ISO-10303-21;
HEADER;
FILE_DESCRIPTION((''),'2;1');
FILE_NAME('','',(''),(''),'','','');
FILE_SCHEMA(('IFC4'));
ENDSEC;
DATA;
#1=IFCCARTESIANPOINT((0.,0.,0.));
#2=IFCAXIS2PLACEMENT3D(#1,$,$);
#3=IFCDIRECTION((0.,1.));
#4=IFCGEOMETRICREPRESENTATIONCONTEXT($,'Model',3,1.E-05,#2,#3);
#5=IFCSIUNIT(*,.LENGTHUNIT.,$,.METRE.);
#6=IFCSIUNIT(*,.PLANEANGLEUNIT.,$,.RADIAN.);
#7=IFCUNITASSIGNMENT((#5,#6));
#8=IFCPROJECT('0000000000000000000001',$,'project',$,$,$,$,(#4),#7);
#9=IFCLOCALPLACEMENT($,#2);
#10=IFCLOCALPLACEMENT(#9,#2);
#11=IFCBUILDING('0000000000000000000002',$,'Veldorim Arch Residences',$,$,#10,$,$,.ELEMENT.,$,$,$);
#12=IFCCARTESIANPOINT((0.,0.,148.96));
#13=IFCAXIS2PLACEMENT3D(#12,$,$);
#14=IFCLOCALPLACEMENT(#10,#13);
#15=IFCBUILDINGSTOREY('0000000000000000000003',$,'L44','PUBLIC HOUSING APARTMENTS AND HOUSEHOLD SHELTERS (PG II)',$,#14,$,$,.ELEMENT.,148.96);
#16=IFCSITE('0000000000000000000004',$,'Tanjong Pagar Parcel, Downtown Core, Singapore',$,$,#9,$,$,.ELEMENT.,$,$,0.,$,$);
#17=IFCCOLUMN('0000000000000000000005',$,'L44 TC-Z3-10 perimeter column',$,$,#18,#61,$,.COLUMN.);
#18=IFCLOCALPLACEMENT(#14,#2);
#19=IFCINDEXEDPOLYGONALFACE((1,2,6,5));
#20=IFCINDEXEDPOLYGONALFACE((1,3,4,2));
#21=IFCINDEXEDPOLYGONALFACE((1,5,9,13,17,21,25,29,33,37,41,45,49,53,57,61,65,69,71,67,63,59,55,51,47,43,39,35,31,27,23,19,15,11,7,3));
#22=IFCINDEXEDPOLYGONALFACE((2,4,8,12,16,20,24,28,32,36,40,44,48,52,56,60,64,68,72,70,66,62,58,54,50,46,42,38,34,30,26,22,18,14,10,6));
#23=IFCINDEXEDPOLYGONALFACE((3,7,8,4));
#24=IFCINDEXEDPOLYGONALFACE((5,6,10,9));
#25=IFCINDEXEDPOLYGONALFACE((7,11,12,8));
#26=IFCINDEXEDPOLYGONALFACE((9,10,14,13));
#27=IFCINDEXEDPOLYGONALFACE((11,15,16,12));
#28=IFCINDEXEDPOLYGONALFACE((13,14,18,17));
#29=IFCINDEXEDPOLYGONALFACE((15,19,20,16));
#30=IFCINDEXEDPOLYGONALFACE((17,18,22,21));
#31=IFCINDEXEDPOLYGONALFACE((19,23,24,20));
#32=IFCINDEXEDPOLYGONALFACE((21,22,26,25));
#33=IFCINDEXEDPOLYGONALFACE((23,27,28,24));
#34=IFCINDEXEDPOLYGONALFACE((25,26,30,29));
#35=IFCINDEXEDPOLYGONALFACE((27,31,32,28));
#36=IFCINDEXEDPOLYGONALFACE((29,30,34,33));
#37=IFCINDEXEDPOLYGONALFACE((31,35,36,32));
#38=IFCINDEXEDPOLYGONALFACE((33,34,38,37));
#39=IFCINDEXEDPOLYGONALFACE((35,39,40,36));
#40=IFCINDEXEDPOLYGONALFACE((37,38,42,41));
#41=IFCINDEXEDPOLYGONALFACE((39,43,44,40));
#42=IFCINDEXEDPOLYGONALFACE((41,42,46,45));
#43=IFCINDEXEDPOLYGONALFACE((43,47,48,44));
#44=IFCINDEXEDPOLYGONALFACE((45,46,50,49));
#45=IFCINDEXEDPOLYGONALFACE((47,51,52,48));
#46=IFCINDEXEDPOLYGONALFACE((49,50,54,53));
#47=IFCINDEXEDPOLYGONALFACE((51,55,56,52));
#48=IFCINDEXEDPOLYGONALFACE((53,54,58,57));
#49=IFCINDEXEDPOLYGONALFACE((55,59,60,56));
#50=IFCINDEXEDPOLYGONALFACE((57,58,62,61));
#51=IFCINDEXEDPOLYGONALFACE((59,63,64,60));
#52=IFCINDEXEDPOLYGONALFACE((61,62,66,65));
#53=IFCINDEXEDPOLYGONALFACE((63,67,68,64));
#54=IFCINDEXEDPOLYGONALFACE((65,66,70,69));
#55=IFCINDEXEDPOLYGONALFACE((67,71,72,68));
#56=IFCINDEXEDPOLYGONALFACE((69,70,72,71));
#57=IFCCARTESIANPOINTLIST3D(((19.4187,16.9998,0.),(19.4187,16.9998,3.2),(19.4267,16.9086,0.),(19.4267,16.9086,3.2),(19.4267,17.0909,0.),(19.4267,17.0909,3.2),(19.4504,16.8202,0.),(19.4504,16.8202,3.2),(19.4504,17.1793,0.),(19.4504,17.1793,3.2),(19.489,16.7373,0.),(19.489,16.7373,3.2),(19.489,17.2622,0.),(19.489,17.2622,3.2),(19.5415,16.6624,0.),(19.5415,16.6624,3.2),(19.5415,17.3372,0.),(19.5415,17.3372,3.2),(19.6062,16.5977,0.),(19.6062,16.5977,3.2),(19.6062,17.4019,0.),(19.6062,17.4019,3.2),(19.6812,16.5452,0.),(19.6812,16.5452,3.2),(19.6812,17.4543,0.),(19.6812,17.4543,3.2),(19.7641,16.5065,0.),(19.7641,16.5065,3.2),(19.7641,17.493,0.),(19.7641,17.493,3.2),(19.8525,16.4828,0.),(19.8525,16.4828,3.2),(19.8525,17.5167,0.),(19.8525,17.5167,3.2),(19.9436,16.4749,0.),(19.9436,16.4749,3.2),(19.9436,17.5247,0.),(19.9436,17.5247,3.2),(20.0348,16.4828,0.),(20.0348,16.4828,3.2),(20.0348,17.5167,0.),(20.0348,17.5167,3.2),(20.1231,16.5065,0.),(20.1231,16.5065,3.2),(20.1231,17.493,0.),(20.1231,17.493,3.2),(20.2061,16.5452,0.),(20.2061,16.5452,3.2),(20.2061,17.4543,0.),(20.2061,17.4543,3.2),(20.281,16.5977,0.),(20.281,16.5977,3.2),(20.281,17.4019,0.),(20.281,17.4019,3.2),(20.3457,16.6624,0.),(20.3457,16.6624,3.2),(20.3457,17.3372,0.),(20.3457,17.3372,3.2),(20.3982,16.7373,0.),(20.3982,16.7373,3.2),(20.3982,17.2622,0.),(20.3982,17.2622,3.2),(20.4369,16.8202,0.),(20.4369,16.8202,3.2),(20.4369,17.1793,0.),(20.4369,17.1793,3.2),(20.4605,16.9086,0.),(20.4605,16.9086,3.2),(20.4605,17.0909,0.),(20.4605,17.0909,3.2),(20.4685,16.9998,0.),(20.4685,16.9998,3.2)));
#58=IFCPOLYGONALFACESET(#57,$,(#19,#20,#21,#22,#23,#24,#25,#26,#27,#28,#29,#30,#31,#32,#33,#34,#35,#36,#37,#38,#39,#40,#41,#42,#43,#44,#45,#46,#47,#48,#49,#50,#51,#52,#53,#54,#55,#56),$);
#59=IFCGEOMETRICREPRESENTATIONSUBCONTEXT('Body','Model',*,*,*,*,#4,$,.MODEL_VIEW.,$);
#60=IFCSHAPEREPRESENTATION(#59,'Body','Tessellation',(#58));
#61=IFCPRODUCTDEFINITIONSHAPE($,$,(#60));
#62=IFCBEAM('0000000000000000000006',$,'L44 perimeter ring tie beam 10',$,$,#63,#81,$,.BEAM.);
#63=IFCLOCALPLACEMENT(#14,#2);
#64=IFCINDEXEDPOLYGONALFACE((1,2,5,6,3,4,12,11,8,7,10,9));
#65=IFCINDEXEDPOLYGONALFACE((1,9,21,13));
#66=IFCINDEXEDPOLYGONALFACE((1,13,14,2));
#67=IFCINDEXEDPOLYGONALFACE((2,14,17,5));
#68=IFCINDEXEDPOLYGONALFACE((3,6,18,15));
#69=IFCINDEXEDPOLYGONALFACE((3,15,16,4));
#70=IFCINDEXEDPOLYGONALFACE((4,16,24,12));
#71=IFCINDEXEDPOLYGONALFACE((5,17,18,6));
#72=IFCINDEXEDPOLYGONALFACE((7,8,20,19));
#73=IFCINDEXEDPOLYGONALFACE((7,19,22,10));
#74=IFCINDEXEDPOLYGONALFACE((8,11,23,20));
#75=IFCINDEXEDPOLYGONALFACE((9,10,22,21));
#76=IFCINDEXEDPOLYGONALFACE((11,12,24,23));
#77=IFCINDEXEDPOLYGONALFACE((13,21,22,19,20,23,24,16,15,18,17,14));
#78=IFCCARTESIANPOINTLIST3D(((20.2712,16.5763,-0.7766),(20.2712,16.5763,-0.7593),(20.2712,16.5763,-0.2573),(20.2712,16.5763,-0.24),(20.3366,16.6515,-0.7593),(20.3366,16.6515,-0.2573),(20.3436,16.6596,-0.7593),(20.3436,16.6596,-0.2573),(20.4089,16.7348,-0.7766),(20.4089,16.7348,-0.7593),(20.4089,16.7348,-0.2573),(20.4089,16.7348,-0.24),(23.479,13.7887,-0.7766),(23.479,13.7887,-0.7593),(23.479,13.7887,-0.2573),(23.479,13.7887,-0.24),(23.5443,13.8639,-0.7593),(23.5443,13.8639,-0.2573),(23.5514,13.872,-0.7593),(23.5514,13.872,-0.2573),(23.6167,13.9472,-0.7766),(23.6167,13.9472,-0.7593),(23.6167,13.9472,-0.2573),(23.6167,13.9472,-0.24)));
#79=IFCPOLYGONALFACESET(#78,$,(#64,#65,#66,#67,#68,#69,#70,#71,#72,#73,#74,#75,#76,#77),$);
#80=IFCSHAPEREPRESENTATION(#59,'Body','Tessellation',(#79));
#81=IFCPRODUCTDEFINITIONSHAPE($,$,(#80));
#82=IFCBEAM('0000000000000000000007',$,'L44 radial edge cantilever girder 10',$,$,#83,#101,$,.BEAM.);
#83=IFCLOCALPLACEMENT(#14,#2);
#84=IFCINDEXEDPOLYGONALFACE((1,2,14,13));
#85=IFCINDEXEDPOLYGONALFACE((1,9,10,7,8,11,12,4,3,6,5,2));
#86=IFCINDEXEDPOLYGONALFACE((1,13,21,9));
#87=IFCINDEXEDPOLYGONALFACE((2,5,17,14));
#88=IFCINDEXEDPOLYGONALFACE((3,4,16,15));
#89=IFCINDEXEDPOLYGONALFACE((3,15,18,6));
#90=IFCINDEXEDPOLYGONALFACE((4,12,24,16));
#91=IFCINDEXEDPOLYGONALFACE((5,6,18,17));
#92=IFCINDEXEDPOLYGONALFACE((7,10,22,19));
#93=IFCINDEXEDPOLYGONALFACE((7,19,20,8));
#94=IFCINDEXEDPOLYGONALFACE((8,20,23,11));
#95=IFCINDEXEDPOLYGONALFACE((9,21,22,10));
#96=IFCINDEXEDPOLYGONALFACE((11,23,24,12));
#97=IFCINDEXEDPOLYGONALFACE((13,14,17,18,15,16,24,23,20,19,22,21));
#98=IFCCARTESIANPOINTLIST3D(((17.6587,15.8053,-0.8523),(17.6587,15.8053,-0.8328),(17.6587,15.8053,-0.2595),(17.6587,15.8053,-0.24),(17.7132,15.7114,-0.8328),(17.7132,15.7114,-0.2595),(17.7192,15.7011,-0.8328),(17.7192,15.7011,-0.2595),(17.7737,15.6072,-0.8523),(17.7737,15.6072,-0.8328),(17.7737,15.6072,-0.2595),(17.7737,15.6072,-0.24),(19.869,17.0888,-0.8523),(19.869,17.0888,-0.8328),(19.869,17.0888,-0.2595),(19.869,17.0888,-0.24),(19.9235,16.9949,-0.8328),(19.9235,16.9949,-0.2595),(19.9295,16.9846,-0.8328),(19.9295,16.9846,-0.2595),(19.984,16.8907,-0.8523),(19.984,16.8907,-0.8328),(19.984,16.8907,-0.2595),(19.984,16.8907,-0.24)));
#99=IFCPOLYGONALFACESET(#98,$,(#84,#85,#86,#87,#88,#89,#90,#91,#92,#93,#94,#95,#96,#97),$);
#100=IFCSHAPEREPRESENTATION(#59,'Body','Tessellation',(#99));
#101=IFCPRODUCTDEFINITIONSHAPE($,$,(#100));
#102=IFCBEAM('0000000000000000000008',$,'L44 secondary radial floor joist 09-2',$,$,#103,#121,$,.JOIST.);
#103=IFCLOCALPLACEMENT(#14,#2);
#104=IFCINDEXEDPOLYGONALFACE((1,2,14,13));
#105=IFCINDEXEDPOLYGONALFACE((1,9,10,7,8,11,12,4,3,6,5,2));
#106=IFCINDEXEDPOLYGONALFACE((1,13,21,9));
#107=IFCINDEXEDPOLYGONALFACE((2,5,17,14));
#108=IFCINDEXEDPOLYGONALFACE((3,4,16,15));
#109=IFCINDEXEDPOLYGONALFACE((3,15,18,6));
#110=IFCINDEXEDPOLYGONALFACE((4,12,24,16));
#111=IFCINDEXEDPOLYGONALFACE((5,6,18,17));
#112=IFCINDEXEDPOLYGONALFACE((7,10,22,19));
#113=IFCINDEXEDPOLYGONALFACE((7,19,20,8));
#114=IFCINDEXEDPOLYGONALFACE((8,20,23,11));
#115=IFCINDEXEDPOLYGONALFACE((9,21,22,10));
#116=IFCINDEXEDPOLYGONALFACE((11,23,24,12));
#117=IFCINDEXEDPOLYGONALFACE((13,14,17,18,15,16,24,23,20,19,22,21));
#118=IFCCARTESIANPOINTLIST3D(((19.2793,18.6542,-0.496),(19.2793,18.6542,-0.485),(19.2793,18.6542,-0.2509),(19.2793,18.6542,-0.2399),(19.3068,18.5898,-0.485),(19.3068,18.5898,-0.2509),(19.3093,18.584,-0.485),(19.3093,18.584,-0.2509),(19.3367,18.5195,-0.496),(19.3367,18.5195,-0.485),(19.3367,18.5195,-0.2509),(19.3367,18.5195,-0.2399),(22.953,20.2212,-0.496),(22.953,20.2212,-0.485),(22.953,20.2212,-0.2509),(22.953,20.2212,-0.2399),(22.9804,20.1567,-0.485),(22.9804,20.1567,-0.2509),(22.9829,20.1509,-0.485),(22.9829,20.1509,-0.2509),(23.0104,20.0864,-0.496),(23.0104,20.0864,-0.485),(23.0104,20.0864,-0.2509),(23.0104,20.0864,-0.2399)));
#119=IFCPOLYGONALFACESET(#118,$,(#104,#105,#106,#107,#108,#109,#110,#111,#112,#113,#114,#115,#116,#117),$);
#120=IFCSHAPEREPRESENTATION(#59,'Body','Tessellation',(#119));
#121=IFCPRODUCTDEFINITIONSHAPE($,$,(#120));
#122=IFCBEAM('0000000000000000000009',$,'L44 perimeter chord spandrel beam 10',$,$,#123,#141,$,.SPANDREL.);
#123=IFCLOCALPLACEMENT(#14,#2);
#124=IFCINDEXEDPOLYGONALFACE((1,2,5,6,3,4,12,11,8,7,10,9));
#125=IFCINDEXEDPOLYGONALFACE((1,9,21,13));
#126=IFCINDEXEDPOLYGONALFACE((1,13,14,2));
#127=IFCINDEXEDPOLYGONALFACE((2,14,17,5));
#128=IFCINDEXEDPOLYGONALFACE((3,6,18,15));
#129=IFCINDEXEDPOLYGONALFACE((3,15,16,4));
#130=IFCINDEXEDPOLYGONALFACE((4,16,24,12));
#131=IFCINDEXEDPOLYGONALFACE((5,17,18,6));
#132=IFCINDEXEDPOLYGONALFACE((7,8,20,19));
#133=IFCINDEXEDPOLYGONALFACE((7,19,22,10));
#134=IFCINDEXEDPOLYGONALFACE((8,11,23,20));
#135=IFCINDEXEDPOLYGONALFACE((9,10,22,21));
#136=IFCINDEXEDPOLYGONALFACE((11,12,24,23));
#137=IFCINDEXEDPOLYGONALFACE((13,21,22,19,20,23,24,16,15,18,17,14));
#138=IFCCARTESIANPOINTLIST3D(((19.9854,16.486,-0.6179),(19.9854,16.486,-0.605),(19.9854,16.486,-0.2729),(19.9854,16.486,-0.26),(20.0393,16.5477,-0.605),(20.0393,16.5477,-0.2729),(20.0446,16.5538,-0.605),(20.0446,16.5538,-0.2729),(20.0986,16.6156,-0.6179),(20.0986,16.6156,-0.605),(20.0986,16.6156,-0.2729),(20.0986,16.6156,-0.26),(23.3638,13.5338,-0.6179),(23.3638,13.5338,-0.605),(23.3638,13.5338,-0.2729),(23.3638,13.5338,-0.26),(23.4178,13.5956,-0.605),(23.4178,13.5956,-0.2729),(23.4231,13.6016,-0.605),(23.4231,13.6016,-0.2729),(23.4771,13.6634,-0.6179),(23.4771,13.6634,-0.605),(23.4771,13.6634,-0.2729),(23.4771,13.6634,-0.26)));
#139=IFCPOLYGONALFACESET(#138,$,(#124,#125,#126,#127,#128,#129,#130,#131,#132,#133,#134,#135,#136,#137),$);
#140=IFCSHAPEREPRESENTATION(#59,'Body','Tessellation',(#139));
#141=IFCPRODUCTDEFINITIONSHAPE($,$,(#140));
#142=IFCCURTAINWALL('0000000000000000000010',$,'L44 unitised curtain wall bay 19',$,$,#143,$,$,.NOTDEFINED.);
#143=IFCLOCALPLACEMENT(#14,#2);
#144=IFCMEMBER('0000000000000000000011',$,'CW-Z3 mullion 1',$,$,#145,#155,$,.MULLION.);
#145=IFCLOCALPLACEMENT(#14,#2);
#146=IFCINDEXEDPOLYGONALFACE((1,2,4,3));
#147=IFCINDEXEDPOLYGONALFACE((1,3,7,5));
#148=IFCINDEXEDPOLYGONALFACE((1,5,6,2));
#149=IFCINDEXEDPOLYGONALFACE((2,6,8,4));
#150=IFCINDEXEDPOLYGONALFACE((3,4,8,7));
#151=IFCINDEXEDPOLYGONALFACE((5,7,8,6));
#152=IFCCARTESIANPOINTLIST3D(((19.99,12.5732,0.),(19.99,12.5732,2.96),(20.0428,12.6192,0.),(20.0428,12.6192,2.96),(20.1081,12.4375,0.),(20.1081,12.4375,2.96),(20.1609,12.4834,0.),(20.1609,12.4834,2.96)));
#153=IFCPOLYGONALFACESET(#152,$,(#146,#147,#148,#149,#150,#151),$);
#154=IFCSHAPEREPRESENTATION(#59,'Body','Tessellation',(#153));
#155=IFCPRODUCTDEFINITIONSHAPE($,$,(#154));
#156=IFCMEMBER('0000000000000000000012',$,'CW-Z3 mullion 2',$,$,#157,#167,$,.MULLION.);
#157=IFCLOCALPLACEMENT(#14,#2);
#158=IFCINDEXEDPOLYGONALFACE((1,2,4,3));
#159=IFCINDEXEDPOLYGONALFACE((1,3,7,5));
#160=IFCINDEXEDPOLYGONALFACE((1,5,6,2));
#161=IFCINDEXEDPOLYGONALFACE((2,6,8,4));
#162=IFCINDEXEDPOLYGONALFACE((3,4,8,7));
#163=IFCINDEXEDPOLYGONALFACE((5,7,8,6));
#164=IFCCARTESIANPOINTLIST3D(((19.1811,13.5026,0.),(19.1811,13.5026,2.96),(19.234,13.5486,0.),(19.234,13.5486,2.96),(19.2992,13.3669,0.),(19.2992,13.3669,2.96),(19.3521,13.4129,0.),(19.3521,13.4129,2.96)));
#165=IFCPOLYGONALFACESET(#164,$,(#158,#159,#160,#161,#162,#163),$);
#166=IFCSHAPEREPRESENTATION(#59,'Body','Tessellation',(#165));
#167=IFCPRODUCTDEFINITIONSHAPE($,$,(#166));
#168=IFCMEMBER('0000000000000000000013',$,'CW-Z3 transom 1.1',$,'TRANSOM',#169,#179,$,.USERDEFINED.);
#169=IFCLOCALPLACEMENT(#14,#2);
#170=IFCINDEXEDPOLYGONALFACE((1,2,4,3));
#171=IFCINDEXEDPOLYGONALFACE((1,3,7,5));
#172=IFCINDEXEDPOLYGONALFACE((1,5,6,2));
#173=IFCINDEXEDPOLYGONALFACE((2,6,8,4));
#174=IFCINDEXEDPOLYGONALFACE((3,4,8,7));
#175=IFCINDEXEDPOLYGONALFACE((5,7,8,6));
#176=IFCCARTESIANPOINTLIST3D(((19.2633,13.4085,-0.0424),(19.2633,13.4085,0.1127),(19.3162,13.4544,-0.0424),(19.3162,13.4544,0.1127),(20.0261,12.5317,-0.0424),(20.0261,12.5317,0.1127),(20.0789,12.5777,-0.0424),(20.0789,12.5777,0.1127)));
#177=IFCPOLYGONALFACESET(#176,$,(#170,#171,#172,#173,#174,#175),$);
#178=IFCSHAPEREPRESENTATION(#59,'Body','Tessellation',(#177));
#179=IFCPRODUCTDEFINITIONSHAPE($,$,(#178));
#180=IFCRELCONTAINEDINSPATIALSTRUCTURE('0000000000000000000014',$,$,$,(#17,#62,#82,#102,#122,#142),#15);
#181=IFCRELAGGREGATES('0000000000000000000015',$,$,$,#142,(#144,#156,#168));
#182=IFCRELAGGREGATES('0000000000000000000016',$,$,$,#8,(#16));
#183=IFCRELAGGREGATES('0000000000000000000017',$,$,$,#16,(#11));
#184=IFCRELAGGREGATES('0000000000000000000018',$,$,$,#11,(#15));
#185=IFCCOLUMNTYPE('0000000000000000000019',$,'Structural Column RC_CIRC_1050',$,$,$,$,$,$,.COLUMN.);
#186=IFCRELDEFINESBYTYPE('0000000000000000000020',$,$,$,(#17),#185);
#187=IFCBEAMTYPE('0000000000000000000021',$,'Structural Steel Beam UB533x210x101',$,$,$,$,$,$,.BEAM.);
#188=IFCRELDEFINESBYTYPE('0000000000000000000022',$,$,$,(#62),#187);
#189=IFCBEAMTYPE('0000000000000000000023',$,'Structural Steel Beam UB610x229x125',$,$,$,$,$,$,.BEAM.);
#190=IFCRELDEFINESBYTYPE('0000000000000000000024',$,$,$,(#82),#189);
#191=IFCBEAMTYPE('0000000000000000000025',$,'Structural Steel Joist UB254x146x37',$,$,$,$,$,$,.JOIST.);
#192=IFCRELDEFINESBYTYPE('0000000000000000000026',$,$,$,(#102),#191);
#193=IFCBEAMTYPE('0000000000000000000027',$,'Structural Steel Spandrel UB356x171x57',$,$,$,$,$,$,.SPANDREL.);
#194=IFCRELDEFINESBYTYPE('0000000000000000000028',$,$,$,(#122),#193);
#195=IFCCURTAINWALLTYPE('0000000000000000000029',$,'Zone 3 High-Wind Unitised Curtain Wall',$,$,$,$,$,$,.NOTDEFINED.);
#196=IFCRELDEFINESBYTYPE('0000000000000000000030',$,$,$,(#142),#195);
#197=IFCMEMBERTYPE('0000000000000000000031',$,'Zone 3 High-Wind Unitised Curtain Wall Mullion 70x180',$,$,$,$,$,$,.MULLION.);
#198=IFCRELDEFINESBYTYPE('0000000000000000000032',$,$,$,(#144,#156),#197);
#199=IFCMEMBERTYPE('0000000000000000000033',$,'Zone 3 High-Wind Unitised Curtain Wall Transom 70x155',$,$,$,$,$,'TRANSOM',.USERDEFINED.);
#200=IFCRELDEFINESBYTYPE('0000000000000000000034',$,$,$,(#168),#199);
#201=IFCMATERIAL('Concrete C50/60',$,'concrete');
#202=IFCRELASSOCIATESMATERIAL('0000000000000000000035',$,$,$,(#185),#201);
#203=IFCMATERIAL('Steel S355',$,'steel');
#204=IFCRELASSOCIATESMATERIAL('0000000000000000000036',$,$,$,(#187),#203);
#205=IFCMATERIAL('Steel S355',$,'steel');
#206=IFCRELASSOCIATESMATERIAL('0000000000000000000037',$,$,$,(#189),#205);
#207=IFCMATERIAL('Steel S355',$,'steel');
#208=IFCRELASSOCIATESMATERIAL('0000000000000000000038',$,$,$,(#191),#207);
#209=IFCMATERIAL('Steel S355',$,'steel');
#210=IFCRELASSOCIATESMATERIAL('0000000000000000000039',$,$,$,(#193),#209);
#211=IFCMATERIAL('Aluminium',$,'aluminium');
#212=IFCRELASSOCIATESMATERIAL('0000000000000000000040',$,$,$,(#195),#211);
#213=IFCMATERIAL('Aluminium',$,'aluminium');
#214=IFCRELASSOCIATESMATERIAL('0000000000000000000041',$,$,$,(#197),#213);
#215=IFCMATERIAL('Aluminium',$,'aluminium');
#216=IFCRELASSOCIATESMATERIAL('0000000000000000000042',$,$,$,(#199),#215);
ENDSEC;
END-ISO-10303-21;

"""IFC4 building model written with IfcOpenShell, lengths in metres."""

from ifc_helpers import new_model, si_unit, direction, frame, origin, origin_2d, place, context, subcontext, project, spatial, rectangle, circle, i_section, extrude, material, material_profile, profile_set, type_object, element, aggregate, save


model = new_model("IFC4")

# Units and contexts
model_context = context("Model", 3, precision=1e-05, world=origin(), true_north=direction((0.0, 1.0)))
body_context = subcontext(model_context, "Body", "Model", "MODEL_VIEW")
ifc_project = project(units=[si_unit("LENGTHUNIT", "METRE"), si_unit("PLANEANGLEUNIT", "RADIAN")], contexts=[model_context])

# Site, building, storey
site_placement = place(None, origin())
site = spatial("IfcSite", under=ifc_project, at=site_placement, Name="Tanjong Pagar Parcel, Downtown Core, Singapore", CompositionType="ELEMENT", RefElevation=0.0)
building_placement = place(site_placement, origin())
building = spatial("IfcBuilding", under=site, at=building_placement, Name="Veldorim Arch Residences", CompositionType="ELEMENT")
storey_placement = place(building_placement, frame((0.0, 0.0, 148.96)))
storey = spatial("IfcBuildingStorey", under=building, at=storey_placement, Name="L44", Description="PUBLIC HOUSING APARTMENTS AND HOUSEHOLD SHELTERS (PG II)", CompositionType="ELEMENT", Elevation=148.96)

# Column
ifc_material_1 = material(Name="Concrete C50/60", Category="concrete")
ifc_material_profile_1 = material_profile(ifc_material_1, circle(Radius=0.5249, at=origin_2d()), Name="RC_CIRC_1050")
ifc_profile_set_1 = profile_set([ifc_material_profile_1], Name="Concrete C50/60")
column_type = type_object("IfcColumnType", Name="Structural Column RC_CIRC_1050", PredefinedType="COLUMN", material=ifc_profile_set_1)
column_placement = place(storey_placement, frame((19.9436, 16.9998, 0.0), z_axis=(0.0, 0.0, 1.0), x_axis=(1.0, 0.0, 0.0)))
element("IfcColumn", 1, at=column_placement, inside=storey, type_object=column_type, Name="L44 TC-Z3-10 perimeter column", PredefinedType="COLUMN", context=body_context, shape_type="SweptSolid", body=[
    extrude(circle(Radius=0.5249, at=origin_2d()), origin(), (0.0, 0.0, 1.0), 3.2),
])

# Beams
ifc_material_2 = material(Name="Steel S355", Category="steel")
ifc_material_profile_2 = material_profile(ifc_material_2, i_section(OverallWidth=0.21, OverallDepth=0.5366, WebThickness=0.0107, FlangeThickness=0.0173, at=origin_2d()), Name="UB533x210x101")
ifc_profile_set_2 = profile_set([ifc_material_profile_2], Name="Steel S355")
beam_type_1 = type_object("IfcBeamType", Name="Structural Steel Beam UB533x210x101", PredefinedType="BEAM", material=ifc_profile_set_2)
beam_1_placement = place(storey_placement, frame((20.3401, 16.6555, -0.5083), z_axis=(0.754811, -0.655943, 0.0), x_axis=(0.655943, 0.754811, 0.0)))
element("IfcBeam", 2, at=beam_1_placement, inside=storey, type_object=beam_type_1, Name="L44 perimeter ring tie beam 10", PredefinedType="BEAM", context=body_context, shape_type="SweptSolid", body=[
    extrude(i_section(OverallWidth=0.21, OverallDepth=0.5366, WebThickness=0.0107, FlangeThickness=0.0173, at=origin_2d()), origin(), (0.0, 0.0, 1.0), 4.2498),
])
ifc_material_3 = material(Name="Steel S355", Category="steel")
ifc_material_profile_3 = material_profile(ifc_material_3, i_section(OverallWidth=0.229, OverallDepth=0.6123, WebThickness=0.012, FlangeThickness=0.0195, at=origin_2d()), Name="UB610x229x125")
ifc_profile_set_3 = profile_set([ifc_material_profile_3], Name="Steel S355")
beam_type_2 = type_object("IfcBeamType", Name="Structural Steel Beam UB610x229x125", PredefinedType="BEAM", material=ifc_profile_set_3)
beam_2_placement = place(storey_placement, frame((19.9265, 16.9897, -0.5461), z_axis=(-0.864772, -0.502165, 0.0), x_axis=(0.502165, -0.864772, 0.0)))
element("IfcBeam", 3, at=beam_2_placement, inside=storey, type_object=beam_type_2, Name="L44 radial edge cantilever girder 10", PredefinedType="BEAM", context=body_context, shape_type="SweptSolid", body=[
    extrude(i_section(OverallWidth=0.229, OverallDepth=0.6123, WebThickness=0.012, FlangeThickness=0.0195, at=origin_2d()), origin(), (0.0, 0.0, 1.0), 2.5559),
])
ifc_material_4 = material(Name="Steel S355", Category="steel")
ifc_material_profile_4 = material_profile(ifc_material_4, i_section(OverallWidth=0.1465, OverallDepth=0.2561, WebThickness=0.0063, FlangeThickness=0.011, at=origin_2d()), Name="UB254x146x37")
ifc_profile_set_4 = profile_set([ifc_material_profile_4], Name="Steel S355")
beam_type_3 = type_object("IfcBeamType", Name="Structural Steel Joist UB254x146x37", PredefinedType="JOIST", material=ifc_profile_set_4)
beam_3_placement = place(storey_placement, frame((22.9817, 20.1538, -0.3679), z_axis=(-0.919823, -0.392332, 0.0), x_axis=(0.392332, -0.919823, 0.0)))
element("IfcBeam", 4, at=beam_3_placement, inside=storey, type_object=beam_type_3, Name="L44 secondary radial floor joist 09-2", PredefinedType="JOIST", context=body_context, shape_type="SweptSolid", body=[
    extrude(i_section(OverallWidth=0.1465, OverallDepth=0.2561, WebThickness=0.0063, FlangeThickness=0.011, at=origin_2d()), origin(), (0.0, 0.0, 1.0), 3.9939),
])
ifc_material_5 = material(Name="Steel S355", Category="steel")
ifc_material_profile_5 = material_profile(ifc_material_5, i_section(OverallWidth=0.1721, OverallDepth=0.3579, WebThickness=0.0081, FlangeThickness=0.0129, at=origin_2d()), Name="UB356x171x57")
ifc_profile_set_5 = profile_set([ifc_material_profile_5], Name="Steel S355")
beam_type_4 = type_object("IfcBeamType", Name="Structural Steel Spandrel UB356x171x57", PredefinedType="SPANDREL", material=ifc_profile_set_5)
beam_4_placement = place(storey_placement, frame((20.042, 16.5508, -0.439), z_axis=(0.753015, -0.658004, 0.0), x_axis=(0.658004, 0.753015, 0.0)))
element("IfcBeam", 5, at=beam_4_placement, inside=storey, type_object=beam_type_4, Name="L44 perimeter chord spandrel beam 10", PredefinedType="SPANDREL", context=body_context, shape_type="SweptSolid", body=[
    extrude(i_section(OverallWidth=0.1721, OverallDepth=0.3579, WebThickness=0.0081, FlangeThickness=0.0129, at=origin_2d()), origin(), (0.0, 0.0, 1.0), 4.4866),
])

# Curtain wall, members
ifc_material_6 = material(Name="Aluminium", Category="aluminium")
curtain_wall_type = type_object("IfcCurtainWallType", Name="Zone 3 High-Wind Unitised Curtain Wall", PredefinedType="NOTDEFINED", material=ifc_material_6)
curtain_wall_placement = place(storey_placement, origin())
curtain_wall = element("IfcCurtainWall", 6, at=curtain_wall_placement, inside=storey, type_object=curtain_wall_type, Name="L44 unitised curtain wall bay 19", PredefinedType="NOTDEFINED")
ifc_material_7 = material(Name="Aluminium", Category="aluminium")
ifc_material_profile_6 = material_profile(ifc_material_7, rectangle(XDim=0.0701, YDim=0.1799, at=origin_2d()), Name="ALU_MUL_70x180")
ifc_profile_set_6 = profile_set([ifc_material_profile_6], Name="Aluminium")
member_type_1 = type_object("IfcMemberType", Name="Zone 3 High-Wind Unitised Curtain Wall Mullion 70x180", PredefinedType="MULLION", material=ifc_profile_set_6)
member_1_placement = place(storey_placement, frame((20.0754, 12.5283, 0.0), z_axis=(0.0, 0.0, 1.0), x_axis=(-0.7544, -0.656415, 0.0)))
member_1 = element("IfcMember", 7, at=member_1_placement, type_object=member_type_1, Name="CW-Z3 mullion 1", PredefinedType="MULLION", context=body_context, shape_type="SweptSolid", body=[
    extrude(rectangle(XDim=0.0701, YDim=0.1799, at=origin_2d()), origin(), (0.0, 0.0, 1.0), 2.96),
])
member_2_placement = place(storey_placement, frame((19.2666, 13.4578, 0.0), z_axis=(0.0, 0.0, 1.0), x_axis=(-0.7544, -0.656415, 0.0)))
member_2 = element("IfcMember", 8, at=member_2_placement, type_object=member_type_1, Name="CW-Z3 mullion 2", PredefinedType="MULLION", context=body_context, shape_type="SweptSolid", body=[
    extrude(rectangle(XDim=0.0701, YDim=0.1799, at=origin_2d()), origin(), (0.0, 0.0, 1.0), 2.96),
])
ifc_material_8 = material(Name="Aluminium", Category="aluminium")
ifc_material_profile_7 = material_profile(ifc_material_8, rectangle(XDim=0.0701, YDim=0.155, at=origin_2d()), Name="ALU_TRN_70x155")
ifc_profile_set_7 = profile_set([ifc_material_profile_7], Name="Aluminium")
member_type_2 = type_object("IfcMemberType", Name="Zone 3 High-Wind Unitised Curtain Wall Transom 70x155", ElementType="TRANSOM", PredefinedType="USERDEFINED", material=ifc_profile_set_7)
member_3_placement = place(storey_placement, frame((20.0525, 12.5547, 0.0352), z_axis=(-0.656345, 0.754461, 0.0), x_axis=(-0.754461, -0.656345, 0.0)))
member_3 = element("IfcMember", 9, at=member_3_placement, type_object=member_type_2, Name="CW-Z3 transom 1.1", ObjectType="TRANSOM", PredefinedType="USERDEFINED", context=body_context, shape_type="SweptSolid", body=[
    extrude(rectangle(XDim=0.0701, YDim=0.155, at=origin_2d()), origin(), (0.0, 0.0, 1.0), 1.1621),
])
aggregate(curtain_wall, [member_1, member_2, member_3])

save(model, "model.ifc")
